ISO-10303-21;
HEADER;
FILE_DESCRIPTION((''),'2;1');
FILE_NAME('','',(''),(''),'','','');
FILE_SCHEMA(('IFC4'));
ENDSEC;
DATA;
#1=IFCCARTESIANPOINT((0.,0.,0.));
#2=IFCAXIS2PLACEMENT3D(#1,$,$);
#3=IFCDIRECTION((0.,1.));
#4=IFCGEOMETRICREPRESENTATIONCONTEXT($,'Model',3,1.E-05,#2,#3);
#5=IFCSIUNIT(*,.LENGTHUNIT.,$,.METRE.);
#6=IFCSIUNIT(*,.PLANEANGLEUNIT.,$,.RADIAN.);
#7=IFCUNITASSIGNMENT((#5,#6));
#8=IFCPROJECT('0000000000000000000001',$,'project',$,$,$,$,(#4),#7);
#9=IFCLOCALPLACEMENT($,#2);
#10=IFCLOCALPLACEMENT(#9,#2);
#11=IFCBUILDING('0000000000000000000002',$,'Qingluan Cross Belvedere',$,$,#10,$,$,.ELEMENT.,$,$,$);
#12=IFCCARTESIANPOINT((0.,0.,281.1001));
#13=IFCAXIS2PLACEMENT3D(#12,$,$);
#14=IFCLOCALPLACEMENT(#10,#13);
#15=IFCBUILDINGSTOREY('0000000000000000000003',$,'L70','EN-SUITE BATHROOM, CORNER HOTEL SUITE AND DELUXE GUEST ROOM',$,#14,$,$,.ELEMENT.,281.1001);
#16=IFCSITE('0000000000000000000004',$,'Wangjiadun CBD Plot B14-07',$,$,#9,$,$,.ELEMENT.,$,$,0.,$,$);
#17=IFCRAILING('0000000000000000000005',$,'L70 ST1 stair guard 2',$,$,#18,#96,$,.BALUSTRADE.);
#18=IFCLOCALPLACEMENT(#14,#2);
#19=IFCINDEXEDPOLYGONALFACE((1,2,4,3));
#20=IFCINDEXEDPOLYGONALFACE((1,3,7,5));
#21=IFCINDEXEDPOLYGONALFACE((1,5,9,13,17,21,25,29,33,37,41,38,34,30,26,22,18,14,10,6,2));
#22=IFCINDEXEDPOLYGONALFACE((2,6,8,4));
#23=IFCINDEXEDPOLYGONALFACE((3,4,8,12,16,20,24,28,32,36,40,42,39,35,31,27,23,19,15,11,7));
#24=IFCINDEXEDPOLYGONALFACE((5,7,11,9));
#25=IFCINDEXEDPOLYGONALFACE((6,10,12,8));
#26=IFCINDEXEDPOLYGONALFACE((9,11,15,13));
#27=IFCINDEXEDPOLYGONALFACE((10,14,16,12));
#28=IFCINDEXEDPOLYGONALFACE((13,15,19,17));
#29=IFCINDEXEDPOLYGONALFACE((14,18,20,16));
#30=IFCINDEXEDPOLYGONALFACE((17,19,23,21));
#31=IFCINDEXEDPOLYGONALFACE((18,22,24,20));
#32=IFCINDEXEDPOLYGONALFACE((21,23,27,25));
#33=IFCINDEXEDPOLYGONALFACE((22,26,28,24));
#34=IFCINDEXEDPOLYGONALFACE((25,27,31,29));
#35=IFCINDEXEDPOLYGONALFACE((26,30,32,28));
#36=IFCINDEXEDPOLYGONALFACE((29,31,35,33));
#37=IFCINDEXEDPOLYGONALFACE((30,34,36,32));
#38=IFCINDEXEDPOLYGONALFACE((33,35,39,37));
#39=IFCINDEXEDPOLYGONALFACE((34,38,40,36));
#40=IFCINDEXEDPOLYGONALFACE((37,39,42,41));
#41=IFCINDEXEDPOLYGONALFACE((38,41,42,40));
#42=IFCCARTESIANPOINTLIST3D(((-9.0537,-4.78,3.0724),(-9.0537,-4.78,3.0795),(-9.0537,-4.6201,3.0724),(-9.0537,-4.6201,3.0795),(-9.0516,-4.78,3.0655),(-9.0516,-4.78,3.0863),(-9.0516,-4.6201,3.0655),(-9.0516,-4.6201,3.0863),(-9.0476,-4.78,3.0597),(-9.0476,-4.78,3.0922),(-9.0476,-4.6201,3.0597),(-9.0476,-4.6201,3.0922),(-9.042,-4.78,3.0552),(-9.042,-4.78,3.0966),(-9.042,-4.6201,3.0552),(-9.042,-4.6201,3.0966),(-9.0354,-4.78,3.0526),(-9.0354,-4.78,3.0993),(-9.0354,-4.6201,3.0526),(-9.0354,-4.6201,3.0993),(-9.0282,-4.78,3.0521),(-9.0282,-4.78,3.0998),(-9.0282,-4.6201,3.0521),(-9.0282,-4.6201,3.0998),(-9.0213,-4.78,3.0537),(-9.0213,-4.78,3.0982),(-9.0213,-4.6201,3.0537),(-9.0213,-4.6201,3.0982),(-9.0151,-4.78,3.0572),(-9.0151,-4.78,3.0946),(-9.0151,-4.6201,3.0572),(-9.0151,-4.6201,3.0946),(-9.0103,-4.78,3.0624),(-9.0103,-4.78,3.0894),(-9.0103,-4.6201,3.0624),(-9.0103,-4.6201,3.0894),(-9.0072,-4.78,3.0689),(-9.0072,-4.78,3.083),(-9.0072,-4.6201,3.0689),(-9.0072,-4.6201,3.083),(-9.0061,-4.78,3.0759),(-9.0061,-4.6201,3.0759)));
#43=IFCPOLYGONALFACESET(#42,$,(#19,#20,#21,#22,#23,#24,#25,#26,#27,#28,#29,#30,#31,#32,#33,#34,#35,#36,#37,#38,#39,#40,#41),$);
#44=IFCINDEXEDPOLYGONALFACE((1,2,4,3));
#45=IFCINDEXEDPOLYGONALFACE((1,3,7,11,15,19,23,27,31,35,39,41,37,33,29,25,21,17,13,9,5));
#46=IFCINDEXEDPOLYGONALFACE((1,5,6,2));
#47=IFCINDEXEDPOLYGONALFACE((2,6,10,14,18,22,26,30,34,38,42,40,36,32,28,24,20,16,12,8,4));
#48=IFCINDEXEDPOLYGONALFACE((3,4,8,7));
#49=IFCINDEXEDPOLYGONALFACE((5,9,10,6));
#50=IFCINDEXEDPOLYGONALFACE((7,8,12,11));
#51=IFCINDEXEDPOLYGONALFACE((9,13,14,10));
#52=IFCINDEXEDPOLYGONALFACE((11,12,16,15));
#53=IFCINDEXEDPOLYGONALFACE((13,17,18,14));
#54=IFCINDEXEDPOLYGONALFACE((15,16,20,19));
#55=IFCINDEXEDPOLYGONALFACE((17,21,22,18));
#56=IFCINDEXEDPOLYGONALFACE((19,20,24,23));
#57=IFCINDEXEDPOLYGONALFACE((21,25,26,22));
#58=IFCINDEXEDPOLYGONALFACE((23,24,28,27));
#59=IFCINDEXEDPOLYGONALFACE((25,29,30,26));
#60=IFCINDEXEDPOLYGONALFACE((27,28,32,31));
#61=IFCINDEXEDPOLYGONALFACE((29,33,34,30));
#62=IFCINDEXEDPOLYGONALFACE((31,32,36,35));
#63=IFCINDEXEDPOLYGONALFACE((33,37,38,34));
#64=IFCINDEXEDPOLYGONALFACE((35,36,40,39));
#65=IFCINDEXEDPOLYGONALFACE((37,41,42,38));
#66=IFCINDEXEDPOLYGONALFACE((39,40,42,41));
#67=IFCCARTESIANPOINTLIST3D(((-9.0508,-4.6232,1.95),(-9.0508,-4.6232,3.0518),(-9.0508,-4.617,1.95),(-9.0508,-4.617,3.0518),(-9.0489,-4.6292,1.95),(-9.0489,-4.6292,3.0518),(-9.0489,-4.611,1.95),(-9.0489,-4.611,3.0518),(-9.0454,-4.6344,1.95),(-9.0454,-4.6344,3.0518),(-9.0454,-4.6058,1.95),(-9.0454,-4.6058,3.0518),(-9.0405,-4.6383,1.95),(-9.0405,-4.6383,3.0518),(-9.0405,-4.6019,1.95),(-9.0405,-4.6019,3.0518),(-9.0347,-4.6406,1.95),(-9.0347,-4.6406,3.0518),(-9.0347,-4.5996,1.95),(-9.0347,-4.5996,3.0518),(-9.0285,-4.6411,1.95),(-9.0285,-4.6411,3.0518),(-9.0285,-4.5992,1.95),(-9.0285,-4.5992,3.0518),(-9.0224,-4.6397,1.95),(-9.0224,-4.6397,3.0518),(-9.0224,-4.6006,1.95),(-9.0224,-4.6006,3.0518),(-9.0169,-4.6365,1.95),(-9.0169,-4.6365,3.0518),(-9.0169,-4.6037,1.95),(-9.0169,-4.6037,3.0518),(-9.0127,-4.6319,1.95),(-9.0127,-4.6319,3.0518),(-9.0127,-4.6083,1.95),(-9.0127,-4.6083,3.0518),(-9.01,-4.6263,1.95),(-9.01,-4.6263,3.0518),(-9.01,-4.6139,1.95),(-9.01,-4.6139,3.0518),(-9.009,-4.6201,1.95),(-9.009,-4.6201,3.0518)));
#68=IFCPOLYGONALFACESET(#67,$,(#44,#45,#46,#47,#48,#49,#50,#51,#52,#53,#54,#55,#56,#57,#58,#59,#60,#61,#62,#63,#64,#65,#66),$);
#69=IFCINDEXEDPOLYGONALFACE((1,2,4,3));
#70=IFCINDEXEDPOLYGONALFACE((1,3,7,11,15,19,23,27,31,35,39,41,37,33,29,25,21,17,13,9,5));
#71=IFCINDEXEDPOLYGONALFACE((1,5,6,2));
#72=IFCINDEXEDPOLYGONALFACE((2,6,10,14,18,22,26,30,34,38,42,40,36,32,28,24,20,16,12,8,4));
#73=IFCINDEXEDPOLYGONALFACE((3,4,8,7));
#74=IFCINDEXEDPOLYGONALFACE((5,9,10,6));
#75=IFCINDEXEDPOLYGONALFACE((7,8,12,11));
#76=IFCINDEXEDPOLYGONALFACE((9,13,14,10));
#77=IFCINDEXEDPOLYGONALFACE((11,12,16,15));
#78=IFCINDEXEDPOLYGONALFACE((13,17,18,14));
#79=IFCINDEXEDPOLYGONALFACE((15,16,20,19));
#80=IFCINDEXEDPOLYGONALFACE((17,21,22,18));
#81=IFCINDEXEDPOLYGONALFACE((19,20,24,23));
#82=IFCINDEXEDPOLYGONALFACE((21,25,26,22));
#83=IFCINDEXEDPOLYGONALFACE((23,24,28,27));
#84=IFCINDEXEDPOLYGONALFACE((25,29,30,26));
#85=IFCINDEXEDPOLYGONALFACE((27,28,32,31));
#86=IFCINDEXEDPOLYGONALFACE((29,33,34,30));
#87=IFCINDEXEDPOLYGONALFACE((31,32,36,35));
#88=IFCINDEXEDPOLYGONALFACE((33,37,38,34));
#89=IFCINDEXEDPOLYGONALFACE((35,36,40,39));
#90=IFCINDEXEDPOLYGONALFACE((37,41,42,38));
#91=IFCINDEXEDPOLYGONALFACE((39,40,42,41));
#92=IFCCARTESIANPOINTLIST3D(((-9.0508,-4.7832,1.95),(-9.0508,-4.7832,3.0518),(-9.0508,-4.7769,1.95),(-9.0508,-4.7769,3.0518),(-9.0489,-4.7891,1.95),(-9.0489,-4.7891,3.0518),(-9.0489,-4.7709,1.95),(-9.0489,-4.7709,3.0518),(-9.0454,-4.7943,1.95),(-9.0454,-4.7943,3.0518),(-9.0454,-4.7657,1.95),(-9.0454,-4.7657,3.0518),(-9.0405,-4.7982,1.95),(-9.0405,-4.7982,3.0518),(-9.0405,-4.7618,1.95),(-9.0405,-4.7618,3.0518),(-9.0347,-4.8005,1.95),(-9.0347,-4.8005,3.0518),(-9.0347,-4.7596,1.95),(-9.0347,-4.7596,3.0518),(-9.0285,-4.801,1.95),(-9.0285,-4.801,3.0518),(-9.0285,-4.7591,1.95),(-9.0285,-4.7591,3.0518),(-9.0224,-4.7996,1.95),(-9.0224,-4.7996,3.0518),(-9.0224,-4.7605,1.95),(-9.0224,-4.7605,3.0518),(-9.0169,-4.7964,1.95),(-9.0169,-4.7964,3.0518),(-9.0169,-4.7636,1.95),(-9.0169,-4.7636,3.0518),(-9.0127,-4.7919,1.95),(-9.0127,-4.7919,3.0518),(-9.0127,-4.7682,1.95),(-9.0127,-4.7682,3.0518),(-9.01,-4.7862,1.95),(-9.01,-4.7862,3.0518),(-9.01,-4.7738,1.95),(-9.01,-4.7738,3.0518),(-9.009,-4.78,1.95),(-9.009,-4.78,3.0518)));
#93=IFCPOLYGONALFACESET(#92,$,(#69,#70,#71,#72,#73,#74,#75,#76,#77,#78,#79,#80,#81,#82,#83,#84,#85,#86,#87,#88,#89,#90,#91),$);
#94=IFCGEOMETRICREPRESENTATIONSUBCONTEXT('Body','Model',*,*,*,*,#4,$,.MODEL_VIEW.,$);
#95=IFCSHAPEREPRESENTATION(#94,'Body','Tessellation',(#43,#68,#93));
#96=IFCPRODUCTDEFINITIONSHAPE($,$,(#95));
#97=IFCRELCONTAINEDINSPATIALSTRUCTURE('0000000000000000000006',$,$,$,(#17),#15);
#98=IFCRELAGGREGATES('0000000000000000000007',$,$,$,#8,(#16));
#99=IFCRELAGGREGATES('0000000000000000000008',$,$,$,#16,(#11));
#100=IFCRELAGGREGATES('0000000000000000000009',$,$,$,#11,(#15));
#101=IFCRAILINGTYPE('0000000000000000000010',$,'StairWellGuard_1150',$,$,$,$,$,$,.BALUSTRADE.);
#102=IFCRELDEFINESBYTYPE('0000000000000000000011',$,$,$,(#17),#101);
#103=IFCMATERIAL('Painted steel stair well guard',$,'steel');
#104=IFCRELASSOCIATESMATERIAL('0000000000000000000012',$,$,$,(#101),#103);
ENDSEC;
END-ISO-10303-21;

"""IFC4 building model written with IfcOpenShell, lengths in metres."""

from ifc_helpers import new_model, si_unit, direction, frame, origin, origin_2d, place, context, subcontext, project, spatial, circle, extrude, material, type_object, element, save


model = new_model("IFC4")

# Units and contexts
model_context = context("Model", 3, precision=1e-05, world=origin(), true_north=direction((0.0, 1.0)))
body_context = subcontext(model_context, "Body", "Model", "MODEL_VIEW")
ifc_project = project(units=[si_unit("LENGTHUNIT", "METRE"), si_unit("PLANEANGLEUNIT", "RADIAN")], contexts=[model_context])

# Site, building, storey
site_placement = place(None, origin())
site = spatial("IfcSite", under=ifc_project, at=site_placement, Name="Wangjiadun CBD Plot B14-07", CompositionType="ELEMENT", RefElevation=0.0)
building_placement = place(site_placement, origin())
building = spatial("IfcBuilding", under=site, at=building_placement, Name="Qingluan Cross Belvedere", CompositionType="ELEMENT")
storey_placement = place(building_placement, frame((0.0, 0.0, 281.1001)))
storey = spatial("IfcBuildingStorey", under=building, at=storey_placement, Name="L70", Description="EN-SUITE BATHROOM, CORNER HOTEL SUITE AND DELUXE GUEST ROOM", CompositionType="ELEMENT", Elevation=281.1001)

# Railing
ifc_material_1 = material(Name="Painted steel stair well guard", Category="steel")
railing_type_1 = type_object("IfcRailingType", Name="StairWellGuard_1150", PredefinedType="BALUSTRADE", material=ifc_material_1)
railing_1_placement = place(storey_placement, frame((-9.03, -4.6201, 1.95)))
element("IfcRailing", 1, at=railing_1_placement, inside=storey, type_object=railing_type_1, Name="L70 ST1 stair guard 2", PredefinedType="BALUSTRADE", context=body_context, shape_type="SweptSolid", body=[
    extrude(circle(Radius=0.0239, at=origin_2d()), frame((0.0, 0.0, 1.126), z_axis=(0.0, -1.0, 0.0), x_axis=(1.0, 0.0, 0.0)), (0.0, 0.0, 1.0), 0.1599),
    extrude(circle(Radius=0.021, at=origin_2d()), origin(), (0.0, 0.0, 1.0), 1.1018),
    extrude(circle(Radius=0.021, at=origin_2d()), frame((0.0, -0.1599, 0.0)), (0.0, 0.0, 1.0), 1.1018),
])

save(model, "model.ifc")
